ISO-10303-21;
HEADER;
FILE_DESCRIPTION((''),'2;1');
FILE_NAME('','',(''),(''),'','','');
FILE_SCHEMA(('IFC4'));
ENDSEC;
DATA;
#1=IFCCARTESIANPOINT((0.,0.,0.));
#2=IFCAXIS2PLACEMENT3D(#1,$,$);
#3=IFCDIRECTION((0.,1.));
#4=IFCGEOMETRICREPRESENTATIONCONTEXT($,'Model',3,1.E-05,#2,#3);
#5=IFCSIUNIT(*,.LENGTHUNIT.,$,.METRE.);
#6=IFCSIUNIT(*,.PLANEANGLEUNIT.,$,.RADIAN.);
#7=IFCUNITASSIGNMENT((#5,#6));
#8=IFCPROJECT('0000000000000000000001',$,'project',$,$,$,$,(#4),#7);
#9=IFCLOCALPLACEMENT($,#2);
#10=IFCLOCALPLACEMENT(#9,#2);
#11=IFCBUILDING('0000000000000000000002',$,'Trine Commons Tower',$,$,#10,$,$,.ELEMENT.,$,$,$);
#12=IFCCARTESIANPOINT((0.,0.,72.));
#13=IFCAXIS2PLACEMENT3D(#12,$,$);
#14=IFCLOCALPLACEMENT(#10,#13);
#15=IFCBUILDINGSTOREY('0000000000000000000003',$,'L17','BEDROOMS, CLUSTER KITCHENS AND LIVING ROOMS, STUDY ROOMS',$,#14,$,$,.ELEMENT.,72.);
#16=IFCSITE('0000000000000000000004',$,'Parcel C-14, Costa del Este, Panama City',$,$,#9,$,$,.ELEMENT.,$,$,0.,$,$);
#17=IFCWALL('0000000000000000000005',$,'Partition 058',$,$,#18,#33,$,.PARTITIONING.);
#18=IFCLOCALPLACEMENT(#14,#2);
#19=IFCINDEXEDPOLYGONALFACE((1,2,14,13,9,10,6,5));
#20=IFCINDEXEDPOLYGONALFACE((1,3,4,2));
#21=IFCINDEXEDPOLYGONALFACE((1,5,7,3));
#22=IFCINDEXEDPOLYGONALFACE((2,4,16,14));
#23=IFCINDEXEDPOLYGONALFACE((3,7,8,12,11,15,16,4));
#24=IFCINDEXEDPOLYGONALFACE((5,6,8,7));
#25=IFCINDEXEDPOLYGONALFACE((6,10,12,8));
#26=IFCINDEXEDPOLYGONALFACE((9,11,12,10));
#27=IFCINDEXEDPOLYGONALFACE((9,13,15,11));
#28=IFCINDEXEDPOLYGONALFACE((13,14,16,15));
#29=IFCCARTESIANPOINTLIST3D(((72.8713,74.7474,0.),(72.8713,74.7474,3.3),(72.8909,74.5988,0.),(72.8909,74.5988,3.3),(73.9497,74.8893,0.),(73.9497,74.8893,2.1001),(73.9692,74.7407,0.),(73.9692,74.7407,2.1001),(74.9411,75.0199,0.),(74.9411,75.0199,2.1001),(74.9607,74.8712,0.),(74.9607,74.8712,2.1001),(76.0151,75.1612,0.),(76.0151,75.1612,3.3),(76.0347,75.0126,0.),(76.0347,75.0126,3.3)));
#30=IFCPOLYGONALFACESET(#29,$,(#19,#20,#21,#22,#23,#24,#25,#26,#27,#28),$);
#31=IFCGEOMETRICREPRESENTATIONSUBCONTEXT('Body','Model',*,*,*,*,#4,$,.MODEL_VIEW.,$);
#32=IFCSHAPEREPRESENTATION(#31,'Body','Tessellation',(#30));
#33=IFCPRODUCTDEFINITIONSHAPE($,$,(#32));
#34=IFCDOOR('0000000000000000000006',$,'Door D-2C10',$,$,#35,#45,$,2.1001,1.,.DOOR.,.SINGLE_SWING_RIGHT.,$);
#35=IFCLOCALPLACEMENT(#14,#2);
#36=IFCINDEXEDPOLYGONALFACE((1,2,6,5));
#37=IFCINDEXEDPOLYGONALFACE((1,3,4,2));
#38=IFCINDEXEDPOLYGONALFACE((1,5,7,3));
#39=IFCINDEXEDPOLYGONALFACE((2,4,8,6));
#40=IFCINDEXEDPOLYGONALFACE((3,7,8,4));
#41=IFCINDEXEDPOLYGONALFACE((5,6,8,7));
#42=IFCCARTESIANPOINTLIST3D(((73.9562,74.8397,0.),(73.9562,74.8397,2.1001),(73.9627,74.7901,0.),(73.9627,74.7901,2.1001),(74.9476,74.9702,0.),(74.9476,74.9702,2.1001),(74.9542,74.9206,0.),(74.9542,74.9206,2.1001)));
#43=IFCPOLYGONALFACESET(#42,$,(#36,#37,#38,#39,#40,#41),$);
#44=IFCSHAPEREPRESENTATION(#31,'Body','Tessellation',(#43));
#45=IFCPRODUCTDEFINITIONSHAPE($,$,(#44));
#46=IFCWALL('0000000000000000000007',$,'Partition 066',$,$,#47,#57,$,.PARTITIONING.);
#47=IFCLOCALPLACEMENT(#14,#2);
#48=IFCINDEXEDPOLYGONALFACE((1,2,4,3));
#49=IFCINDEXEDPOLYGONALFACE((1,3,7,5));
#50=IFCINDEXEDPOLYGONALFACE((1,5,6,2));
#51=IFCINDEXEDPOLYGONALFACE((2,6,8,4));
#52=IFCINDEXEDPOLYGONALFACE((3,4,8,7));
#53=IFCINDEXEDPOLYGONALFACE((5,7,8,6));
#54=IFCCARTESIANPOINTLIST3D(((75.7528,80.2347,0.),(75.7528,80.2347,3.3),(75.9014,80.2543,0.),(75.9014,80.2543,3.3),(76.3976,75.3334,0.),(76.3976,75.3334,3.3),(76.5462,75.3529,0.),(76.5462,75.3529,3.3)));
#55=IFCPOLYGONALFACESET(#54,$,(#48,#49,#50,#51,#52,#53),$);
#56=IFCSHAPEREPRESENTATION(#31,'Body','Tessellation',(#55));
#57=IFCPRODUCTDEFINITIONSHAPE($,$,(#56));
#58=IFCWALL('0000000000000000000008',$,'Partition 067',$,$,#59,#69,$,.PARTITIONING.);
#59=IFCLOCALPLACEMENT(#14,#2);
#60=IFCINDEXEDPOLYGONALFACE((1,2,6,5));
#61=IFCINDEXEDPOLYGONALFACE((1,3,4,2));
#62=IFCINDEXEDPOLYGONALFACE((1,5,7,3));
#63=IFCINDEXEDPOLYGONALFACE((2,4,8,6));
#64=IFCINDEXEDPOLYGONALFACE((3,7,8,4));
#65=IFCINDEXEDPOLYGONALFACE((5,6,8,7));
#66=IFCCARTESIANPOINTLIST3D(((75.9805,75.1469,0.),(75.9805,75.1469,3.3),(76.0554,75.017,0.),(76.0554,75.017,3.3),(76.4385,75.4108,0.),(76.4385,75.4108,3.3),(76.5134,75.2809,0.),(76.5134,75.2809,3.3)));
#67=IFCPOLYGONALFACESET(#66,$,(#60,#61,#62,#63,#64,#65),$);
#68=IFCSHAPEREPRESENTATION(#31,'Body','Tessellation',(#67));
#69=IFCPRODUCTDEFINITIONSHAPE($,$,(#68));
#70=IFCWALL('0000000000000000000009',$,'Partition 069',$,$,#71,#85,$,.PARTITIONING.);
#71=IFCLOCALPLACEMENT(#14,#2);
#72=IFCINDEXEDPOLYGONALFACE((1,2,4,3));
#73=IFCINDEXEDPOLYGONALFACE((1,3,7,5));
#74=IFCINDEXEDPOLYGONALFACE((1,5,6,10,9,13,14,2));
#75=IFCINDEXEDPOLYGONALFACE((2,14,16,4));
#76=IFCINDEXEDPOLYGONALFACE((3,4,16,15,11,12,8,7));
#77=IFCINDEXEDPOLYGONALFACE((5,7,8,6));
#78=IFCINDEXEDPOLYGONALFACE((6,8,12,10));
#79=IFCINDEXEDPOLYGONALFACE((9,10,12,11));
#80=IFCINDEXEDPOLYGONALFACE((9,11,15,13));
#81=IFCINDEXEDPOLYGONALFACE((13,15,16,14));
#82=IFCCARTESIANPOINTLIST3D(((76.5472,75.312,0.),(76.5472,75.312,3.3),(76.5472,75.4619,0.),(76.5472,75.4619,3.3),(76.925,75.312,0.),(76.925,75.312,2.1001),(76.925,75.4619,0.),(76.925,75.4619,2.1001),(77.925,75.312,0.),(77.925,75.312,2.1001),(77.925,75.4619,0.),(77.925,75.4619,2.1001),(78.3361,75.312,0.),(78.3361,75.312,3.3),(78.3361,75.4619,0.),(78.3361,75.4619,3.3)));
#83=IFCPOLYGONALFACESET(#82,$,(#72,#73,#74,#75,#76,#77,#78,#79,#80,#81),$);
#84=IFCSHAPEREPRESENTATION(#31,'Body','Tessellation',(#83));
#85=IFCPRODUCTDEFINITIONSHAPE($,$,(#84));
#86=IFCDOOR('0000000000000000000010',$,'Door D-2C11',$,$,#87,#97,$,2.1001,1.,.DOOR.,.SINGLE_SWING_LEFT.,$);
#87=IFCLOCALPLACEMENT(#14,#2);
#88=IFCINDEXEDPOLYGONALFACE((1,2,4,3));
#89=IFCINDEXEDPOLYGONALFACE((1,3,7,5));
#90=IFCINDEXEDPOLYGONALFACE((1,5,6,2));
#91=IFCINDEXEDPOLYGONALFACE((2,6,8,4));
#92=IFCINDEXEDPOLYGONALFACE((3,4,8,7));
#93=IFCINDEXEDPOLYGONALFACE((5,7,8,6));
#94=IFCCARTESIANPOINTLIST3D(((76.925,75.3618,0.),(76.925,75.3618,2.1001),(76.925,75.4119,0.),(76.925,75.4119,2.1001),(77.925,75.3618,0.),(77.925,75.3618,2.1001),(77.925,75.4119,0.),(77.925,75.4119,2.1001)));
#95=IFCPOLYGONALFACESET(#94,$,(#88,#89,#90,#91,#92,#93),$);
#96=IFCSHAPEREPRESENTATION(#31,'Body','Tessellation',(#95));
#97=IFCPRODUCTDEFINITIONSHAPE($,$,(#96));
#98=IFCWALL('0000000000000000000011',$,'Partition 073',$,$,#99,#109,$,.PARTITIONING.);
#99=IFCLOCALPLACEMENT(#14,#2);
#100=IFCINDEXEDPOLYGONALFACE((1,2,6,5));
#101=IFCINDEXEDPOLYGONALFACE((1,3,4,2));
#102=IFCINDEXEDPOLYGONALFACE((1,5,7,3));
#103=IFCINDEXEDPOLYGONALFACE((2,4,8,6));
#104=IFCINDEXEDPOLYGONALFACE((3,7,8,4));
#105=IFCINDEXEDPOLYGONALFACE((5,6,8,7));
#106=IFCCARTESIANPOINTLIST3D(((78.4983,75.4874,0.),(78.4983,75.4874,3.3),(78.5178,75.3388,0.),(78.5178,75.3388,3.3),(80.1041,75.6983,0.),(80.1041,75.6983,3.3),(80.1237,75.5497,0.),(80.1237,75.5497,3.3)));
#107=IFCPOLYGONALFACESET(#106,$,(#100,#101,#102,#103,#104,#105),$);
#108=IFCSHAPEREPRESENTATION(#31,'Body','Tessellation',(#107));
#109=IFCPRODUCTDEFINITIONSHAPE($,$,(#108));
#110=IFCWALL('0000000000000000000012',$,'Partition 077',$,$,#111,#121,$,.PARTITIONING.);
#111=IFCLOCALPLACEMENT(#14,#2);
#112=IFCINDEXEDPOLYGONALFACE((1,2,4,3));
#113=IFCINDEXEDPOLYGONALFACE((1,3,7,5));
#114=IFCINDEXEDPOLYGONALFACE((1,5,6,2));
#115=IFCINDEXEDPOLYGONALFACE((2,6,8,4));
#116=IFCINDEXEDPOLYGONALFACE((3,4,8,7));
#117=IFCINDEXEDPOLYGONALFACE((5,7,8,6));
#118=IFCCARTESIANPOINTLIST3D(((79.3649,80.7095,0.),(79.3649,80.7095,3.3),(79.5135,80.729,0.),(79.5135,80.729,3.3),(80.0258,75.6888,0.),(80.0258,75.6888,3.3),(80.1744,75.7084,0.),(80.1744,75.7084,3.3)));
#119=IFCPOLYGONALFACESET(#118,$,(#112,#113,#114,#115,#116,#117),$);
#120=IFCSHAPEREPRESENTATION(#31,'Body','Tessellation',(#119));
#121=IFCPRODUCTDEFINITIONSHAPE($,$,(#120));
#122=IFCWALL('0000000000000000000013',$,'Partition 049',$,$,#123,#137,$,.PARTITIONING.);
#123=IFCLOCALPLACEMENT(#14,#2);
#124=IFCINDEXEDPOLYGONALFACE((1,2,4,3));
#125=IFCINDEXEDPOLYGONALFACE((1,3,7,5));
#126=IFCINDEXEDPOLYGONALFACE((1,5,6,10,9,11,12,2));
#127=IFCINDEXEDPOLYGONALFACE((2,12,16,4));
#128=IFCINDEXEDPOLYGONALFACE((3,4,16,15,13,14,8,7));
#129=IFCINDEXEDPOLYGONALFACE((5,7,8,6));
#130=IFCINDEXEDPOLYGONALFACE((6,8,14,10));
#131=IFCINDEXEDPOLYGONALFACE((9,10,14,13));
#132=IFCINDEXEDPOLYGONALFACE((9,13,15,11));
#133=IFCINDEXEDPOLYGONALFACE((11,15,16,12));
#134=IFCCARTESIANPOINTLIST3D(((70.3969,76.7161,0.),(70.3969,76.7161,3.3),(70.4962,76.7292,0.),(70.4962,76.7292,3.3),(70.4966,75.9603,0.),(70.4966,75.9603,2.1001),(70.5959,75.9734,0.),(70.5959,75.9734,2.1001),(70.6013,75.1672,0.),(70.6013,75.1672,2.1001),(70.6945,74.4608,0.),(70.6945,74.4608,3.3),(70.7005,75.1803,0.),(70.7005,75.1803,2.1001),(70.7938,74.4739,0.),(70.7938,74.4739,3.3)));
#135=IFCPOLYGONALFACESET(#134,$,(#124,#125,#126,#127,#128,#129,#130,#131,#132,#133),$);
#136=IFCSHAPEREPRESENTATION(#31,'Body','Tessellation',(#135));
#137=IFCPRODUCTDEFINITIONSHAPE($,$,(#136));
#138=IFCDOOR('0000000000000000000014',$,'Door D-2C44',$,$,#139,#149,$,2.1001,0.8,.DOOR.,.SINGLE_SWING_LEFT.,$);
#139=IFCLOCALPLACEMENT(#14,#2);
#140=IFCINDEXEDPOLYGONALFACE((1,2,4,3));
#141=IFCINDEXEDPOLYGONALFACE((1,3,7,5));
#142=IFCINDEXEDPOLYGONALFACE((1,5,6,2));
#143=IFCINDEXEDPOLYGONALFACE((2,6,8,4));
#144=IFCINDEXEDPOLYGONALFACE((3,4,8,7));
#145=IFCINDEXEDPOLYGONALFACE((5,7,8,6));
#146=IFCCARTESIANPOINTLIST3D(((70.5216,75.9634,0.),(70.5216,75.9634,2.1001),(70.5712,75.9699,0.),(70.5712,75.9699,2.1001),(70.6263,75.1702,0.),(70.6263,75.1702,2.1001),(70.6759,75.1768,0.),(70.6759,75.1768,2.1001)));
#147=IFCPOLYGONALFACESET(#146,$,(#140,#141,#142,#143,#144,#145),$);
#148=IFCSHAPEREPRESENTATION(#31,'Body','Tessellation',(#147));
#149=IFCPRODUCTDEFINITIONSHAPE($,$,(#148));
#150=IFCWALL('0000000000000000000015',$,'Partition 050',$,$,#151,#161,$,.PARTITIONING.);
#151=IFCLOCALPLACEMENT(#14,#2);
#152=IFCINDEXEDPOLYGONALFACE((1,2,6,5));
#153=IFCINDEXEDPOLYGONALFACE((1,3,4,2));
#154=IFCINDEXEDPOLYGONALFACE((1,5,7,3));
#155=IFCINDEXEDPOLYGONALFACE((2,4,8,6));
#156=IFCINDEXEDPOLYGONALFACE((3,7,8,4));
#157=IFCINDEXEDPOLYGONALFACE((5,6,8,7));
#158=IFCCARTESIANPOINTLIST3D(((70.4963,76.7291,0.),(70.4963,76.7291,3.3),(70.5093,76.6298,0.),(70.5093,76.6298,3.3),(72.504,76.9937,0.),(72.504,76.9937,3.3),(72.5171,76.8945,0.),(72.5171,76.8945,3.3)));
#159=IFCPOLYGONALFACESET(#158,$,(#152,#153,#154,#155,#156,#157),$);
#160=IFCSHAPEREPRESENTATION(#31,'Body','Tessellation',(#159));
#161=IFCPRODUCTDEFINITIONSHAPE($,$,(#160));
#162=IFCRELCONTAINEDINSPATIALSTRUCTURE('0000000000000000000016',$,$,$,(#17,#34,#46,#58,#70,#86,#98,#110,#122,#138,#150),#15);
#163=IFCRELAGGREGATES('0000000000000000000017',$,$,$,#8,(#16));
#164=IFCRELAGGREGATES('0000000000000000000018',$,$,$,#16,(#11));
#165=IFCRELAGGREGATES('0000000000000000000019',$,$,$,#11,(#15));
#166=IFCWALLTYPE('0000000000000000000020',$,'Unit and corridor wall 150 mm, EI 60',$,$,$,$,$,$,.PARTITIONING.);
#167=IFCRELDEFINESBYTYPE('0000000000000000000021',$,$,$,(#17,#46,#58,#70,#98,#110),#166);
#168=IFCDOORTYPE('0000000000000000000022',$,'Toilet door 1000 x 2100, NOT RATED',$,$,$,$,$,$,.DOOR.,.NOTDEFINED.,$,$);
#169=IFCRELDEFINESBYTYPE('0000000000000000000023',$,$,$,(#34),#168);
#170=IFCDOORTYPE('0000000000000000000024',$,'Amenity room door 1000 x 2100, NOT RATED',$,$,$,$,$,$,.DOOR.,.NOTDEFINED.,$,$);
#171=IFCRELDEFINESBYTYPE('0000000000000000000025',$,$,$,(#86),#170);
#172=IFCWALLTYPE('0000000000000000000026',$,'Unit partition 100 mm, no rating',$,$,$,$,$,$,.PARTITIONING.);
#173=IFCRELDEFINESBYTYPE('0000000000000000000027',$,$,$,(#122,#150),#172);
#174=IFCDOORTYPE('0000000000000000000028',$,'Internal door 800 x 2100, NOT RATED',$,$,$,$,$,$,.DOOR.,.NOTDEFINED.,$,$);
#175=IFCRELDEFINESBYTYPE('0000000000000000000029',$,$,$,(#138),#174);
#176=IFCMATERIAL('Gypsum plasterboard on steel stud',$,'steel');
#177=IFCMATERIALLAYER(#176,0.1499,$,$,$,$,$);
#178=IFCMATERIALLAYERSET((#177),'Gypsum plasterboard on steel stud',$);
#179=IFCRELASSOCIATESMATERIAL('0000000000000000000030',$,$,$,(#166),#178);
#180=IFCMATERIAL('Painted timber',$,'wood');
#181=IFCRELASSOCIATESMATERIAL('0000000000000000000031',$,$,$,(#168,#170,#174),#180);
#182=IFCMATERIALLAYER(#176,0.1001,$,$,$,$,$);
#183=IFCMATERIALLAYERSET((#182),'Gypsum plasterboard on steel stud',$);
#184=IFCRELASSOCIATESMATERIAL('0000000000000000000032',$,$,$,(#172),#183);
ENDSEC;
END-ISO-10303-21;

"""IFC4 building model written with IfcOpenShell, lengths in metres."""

from ifc_helpers import new_model, si_unit, direction, frame, frame_2d, origin, place, context, subcontext, project, spatial, rectangle, extrude, material, layer, layer_set, type_object, element, fill, save


model = new_model("IFC4")

# Units and contexts
model_context = context("Model", 3, precision=1e-05, world=origin(), true_north=direction((0.0, 1.0)))
body_context = subcontext(model_context, "Body", "Model", "MODEL_VIEW")
ifc_project = project(units=[si_unit("LENGTHUNIT", "METRE"), si_unit("PLANEANGLEUNIT", "RADIAN")], contexts=[model_context])

# Site, building, storey
site_placement = place(None, origin())
site = spatial("IfcSite", under=ifc_project, at=site_placement, Name="Parcel C-14, Costa del Este, Panama City", CompositionType="ELEMENT", RefElevation=0.0)
building_placement = place(site_placement, origin())
building = spatial("IfcBuilding", under=site, at=building_placement, Name="Trine Commons Tower", CompositionType="ELEMENT")
storey_placement = place(building_placement, frame((0.0, 0.0, 72.0)))
storey = spatial("IfcBuildingStorey", under=building, at=storey_placement, Name="L17", Description="BEDROOMS, CLUSTER KITCHENS AND LIVING ROOMS, STUDY ROOMS", CompositionType="ELEMENT", Elevation=72.0)

# Shared definitions
ifc_material_1 = material(Name="Gypsum plasterboard on steel stud", Category="steel")
ifc_layer_1 = layer(ifc_material_1, 0.1499)
ifc_layer_set_1 = layer_set([ifc_layer_1], Name="Gypsum plasterboard on steel stud")
wall_type_1 = type_object("IfcWallType", Name="Unit and corridor wall 150 mm, EI 60", PredefinedType="PARTITIONING", material=ifc_layer_set_1)

# Wall, opening, door
wall_1_placement = place(storey_placement, frame((72.8811, 74.6731, 0.0), z_axis=(0.0, 0.0, 1.0), x_axis=(0.991448, 0.130504, 0.0)))
wall_1 = element("IfcWall", 1, at=wall_1_placement, inside=storey, type_object=wall_type_1, Name="Partition 058", PredefinedType="PARTITIONING", context=body_context, shape_type="SweptSolid", body=[
    extrude(rectangle(XDim=3.1709, YDim=0.1499, at=frame_2d((1.5854, 0.0))), origin(), (0.0, 0.0, 1.0), 3.3),
])
opening_1_placement = place(wall_1_placement, frame((1.0876, 0.0, 0.0)))
opening_1 = element("IfcOpeningElement", 2, at=opening_1_placement, cuts=wall_1, PredefinedType="OPENING", context=body_context, shape_type="SweptSolid", body=[
    extrude(rectangle(XDim=1.0, YDim=2.1001, at=frame_2d((0.5, 1.05))), frame((0.0, 0.085, 0.0), z_axis=(0.0, -1.0, 0.0), x_axis=(1.0, 0.0, 0.0)), (0.0, 0.0, 1.0), 0.1699),
])
ifc_material_2 = material(Name="Painted timber", Category="wood")
door_type_1 = type_object("IfcDoorType", Name="Toilet door 1000 x 2100, NOT RATED", OperationType="NOTDEFINED", PredefinedType="DOOR", material=ifc_material_2)
door_1_placement = place(opening_1_placement, origin())
door_1 = element("IfcDoor", 3, at=door_1_placement, inside=storey, type_object=door_type_1, Name="Door D-2C10", OperationType="SINGLE_SWING_RIGHT", OverallHeight=2.1001, OverallWidth=1.0, PredefinedType="DOOR", context=body_context, shape_type="SweptSolid", body=[
    extrude(rectangle(XDim=1.0, YDim=2.1001, at=frame_2d((0.5, 1.05))), frame((0.0, 0.0249, 0.0), z_axis=(0.0, -1.0, 0.0), x_axis=(1.0, 0.0, 0.0)), (0.0, 0.0, 1.0), 0.05),
])
fill(opening_1, door_1)

# Walls
wall_2_placement = place(storey_placement, frame((75.8271, 80.2444, 0.0), z_axis=(0.0, 0.0, 1.0), x_axis=(0.130426, -0.991458, 0.0)))
element("IfcWall", 4, at=wall_2_placement, inside=storey, type_object=wall_type_1, Name="Partition 066", PredefinedType="PARTITIONING", context=body_context, shape_type="SweptSolid", body=[
    extrude(rectangle(XDim=4.9436, YDim=0.1499, at=frame_2d((2.4717, 0.0))), origin(), (0.0, 0.0, 1.0), 3.3),
])
wall_3_placement = place(storey_placement, frame((76.0181, 75.082, 0.0), z_axis=(0.0, 0.0, 1.0), x_axis=(0.866447, 0.499269, 0.0)))
element("IfcWall", 5, at=wall_3_placement, inside=storey, type_object=wall_type_1, Name="Partition 067", PredefinedType="PARTITIONING", context=body_context, shape_type="SweptSolid", body=[
    extrude(rectangle(XDim=0.5286, YDim=0.1499, at=frame_2d((0.2642, 0.0))), origin(), (0.0, 0.0, 1.0), 3.3),
])

# Wall, opening, door
wall_4_placement = place(storey_placement, frame((76.5471, 75.387, 0.0), z_axis=(0.0, 0.0, 1.0), x_axis=(1.0, 0.0, 0.0)))
wall_4 = element("IfcWall", 6, at=wall_4_placement, inside=storey, type_object=wall_type_1, Name="Partition 069", PredefinedType="PARTITIONING", context=body_context, shape_type="SweptSolid", body=[
    extrude(rectangle(XDim=1.7888, YDim=0.1499, at=frame_2d((0.8945, 0.0))), origin(), (0.0, 0.0, 1.0), 3.3),
])
opening_2_placement = place(wall_4_placement, frame((0.3779, 0.0, 0.0)))
opening_2 = element("IfcOpeningElement", 7, at=opening_2_placement, cuts=wall_4, PredefinedType="OPENING", context=body_context, shape_type="SweptSolid", body=[
    extrude(rectangle(XDim=1.0, YDim=2.1001, at=frame_2d((0.5, 1.05))), frame((0.0, 0.085, 0.0), z_axis=(0.0, -1.0, 0.0), x_axis=(1.0, 0.0, 0.0)), (0.0, 0.0, 1.0), 0.1699),
])
door_type_2 = type_object("IfcDoorType", Name="Amenity room door 1000 x 2100, NOT RATED", OperationType="NOTDEFINED", PredefinedType="DOOR", material=ifc_material_2)
door_2_placement = place(opening_2_placement, origin())
door_2 = element("IfcDoor", 8, at=door_2_placement, inside=storey, type_object=door_type_2, Name="Door D-2C11", OperationType="SINGLE_SWING_LEFT", OverallHeight=2.1001, OverallWidth=1.0, PredefinedType="DOOR", context=body_context, shape_type="SweptSolid", body=[
    extrude(rectangle(XDim=1.0, YDim=2.1001, at=frame_2d((0.5, 1.05))), frame((0.0, 0.0249, 0.0), z_axis=(0.0, -1.0, 0.0), x_axis=(1.0, 0.0, 0.0)), (0.0, 0.0, 1.0), 0.05),
])
fill(opening_2, door_2)

# Walls
wall_5_placement = place(storey_placement, frame((78.5081, 75.4131, 0.0), z_axis=(0.0, 0.0, 1.0), x_axis=(0.991484, 0.130228, 0.0)))
element("IfcWall", 9, at=wall_5_placement, inside=storey, type_object=wall_type_1, Name="Partition 073", PredefinedType="PARTITIONING", context=body_context, shape_type="SweptSolid", body=[
    extrude(rectangle(XDim=1.6196, YDim=0.1499, at=frame_2d((0.8098, 0.0))), origin(), (0.0, 0.0, 1.0), 3.3),
])
wall_6_placement = place(storey_placement, frame((79.4392, 80.7192, 0.0), z_axis=(0.0, 0.0, 1.0), x_axis=(0.130506, -0.991448, 0.0)))
element("IfcWall", 10, at=wall_6_placement, inside=storey, type_object=wall_type_1, Name="Partition 077", PredefinedType="PARTITIONING", context=body_context, shape_type="SweptSolid", body=[
    extrude(rectangle(XDim=5.064, YDim=0.1499, at=frame_2d((2.532, 0.0))), origin(), (0.0, 0.0, 1.0), 3.3),
])

# Wall, opening, door
ifc_layer_2 = layer(ifc_material_1, 0.1001)
ifc_layer_set_2 = layer_set([ifc_layer_2], Name="Gypsum plasterboard on steel stud")
wall_type_2 = type_object("IfcWallType", Name="Unit partition 100 mm, no rating", PredefinedType="PARTITIONING", material=ifc_layer_set_2)
wall_7_placement = place(storey_placement, frame((70.4465, 76.7227, 0.0), z_axis=(0.0, 0.0, 1.0), x_axis=(0.130821, -0.991406, 0.0)))
wall_7 = element("IfcWall", 11, at=wall_7_placement, inside=storey, type_object=wall_type_2, Name="Partition 049", PredefinedType="PARTITIONING", context=body_context, shape_type="SweptSolid", body=[
    extrude(rectangle(XDim=2.2749, YDim=0.1001, at=frame_2d((1.1375, 0.0))), origin(), (0.0, 0.0, 1.0), 3.3),
])
opening_3_placement = place(wall_7_placement, frame((0.7625, 0.0, 0.0)))
opening_3 = element("IfcOpeningElement", 12, at=opening_3_placement, cuts=wall_7, PredefinedType="OPENING", context=body_context, shape_type="SweptSolid", body=[
    extrude(rectangle(XDim=0.8, YDim=2.1001, at=frame_2d((0.3999, 1.05))), frame((0.0, 0.0601, 0.0), z_axis=(0.0, -1.0, 0.0), x_axis=(1.0, 0.0, 0.0)), (0.0, 0.0, 1.0), 0.1201),
])
door_type_3 = type_object("IfcDoorType", Name="Internal door 800 x 2100, NOT RATED", OperationType="NOTDEFINED", PredefinedType="DOOR", material=ifc_material_2)
door_3_placement = place(opening_3_placement, frame((0.8, 0.0, 0.0), z_axis=(0.0, 0.0, 1.0), x_axis=(-1.0, 0.0, 0.0)))
door_3 = element("IfcDoor", 13, at=door_3_placement, inside=storey, type_object=door_type_3, Name="Door D-2C44", OperationType="SINGLE_SWING_LEFT", OverallHeight=2.1001, OverallWidth=0.8, PredefinedType="DOOR", context=body_context, shape_type="SweptSolid", body=[
    extrude(rectangle(XDim=0.8, YDim=2.1001, at=frame_2d((0.3999, 1.05))), frame((0.0, 0.0249, 0.0), z_axis=(0.0, -1.0, 0.0), x_axis=(1.0, 0.0, 0.0)), (0.0, 0.0, 1.0), 0.05),
])
fill(opening_3, door_3)

# Wall
wall_8_placement = place(storey_placement, frame((70.5027, 76.6794, 0.0), z_axis=(0.0, 0.0, 1.0), x_axis=(0.991425, 0.130679, 0.0)))
element("IfcWall", 14, at=wall_8_placement, inside=storey, type_object=wall_type_2, Name="Partition 050", PredefinedType="PARTITIONING", context=body_context, shape_type="SweptSolid", body=[
    extrude(rectangle(XDim=2.0251, YDim=0.1001, at=frame_2d((1.0127, 0.0))), origin(), (0.0, 0.0, 1.0), 3.3),
])

save(model, "model.ifc")
